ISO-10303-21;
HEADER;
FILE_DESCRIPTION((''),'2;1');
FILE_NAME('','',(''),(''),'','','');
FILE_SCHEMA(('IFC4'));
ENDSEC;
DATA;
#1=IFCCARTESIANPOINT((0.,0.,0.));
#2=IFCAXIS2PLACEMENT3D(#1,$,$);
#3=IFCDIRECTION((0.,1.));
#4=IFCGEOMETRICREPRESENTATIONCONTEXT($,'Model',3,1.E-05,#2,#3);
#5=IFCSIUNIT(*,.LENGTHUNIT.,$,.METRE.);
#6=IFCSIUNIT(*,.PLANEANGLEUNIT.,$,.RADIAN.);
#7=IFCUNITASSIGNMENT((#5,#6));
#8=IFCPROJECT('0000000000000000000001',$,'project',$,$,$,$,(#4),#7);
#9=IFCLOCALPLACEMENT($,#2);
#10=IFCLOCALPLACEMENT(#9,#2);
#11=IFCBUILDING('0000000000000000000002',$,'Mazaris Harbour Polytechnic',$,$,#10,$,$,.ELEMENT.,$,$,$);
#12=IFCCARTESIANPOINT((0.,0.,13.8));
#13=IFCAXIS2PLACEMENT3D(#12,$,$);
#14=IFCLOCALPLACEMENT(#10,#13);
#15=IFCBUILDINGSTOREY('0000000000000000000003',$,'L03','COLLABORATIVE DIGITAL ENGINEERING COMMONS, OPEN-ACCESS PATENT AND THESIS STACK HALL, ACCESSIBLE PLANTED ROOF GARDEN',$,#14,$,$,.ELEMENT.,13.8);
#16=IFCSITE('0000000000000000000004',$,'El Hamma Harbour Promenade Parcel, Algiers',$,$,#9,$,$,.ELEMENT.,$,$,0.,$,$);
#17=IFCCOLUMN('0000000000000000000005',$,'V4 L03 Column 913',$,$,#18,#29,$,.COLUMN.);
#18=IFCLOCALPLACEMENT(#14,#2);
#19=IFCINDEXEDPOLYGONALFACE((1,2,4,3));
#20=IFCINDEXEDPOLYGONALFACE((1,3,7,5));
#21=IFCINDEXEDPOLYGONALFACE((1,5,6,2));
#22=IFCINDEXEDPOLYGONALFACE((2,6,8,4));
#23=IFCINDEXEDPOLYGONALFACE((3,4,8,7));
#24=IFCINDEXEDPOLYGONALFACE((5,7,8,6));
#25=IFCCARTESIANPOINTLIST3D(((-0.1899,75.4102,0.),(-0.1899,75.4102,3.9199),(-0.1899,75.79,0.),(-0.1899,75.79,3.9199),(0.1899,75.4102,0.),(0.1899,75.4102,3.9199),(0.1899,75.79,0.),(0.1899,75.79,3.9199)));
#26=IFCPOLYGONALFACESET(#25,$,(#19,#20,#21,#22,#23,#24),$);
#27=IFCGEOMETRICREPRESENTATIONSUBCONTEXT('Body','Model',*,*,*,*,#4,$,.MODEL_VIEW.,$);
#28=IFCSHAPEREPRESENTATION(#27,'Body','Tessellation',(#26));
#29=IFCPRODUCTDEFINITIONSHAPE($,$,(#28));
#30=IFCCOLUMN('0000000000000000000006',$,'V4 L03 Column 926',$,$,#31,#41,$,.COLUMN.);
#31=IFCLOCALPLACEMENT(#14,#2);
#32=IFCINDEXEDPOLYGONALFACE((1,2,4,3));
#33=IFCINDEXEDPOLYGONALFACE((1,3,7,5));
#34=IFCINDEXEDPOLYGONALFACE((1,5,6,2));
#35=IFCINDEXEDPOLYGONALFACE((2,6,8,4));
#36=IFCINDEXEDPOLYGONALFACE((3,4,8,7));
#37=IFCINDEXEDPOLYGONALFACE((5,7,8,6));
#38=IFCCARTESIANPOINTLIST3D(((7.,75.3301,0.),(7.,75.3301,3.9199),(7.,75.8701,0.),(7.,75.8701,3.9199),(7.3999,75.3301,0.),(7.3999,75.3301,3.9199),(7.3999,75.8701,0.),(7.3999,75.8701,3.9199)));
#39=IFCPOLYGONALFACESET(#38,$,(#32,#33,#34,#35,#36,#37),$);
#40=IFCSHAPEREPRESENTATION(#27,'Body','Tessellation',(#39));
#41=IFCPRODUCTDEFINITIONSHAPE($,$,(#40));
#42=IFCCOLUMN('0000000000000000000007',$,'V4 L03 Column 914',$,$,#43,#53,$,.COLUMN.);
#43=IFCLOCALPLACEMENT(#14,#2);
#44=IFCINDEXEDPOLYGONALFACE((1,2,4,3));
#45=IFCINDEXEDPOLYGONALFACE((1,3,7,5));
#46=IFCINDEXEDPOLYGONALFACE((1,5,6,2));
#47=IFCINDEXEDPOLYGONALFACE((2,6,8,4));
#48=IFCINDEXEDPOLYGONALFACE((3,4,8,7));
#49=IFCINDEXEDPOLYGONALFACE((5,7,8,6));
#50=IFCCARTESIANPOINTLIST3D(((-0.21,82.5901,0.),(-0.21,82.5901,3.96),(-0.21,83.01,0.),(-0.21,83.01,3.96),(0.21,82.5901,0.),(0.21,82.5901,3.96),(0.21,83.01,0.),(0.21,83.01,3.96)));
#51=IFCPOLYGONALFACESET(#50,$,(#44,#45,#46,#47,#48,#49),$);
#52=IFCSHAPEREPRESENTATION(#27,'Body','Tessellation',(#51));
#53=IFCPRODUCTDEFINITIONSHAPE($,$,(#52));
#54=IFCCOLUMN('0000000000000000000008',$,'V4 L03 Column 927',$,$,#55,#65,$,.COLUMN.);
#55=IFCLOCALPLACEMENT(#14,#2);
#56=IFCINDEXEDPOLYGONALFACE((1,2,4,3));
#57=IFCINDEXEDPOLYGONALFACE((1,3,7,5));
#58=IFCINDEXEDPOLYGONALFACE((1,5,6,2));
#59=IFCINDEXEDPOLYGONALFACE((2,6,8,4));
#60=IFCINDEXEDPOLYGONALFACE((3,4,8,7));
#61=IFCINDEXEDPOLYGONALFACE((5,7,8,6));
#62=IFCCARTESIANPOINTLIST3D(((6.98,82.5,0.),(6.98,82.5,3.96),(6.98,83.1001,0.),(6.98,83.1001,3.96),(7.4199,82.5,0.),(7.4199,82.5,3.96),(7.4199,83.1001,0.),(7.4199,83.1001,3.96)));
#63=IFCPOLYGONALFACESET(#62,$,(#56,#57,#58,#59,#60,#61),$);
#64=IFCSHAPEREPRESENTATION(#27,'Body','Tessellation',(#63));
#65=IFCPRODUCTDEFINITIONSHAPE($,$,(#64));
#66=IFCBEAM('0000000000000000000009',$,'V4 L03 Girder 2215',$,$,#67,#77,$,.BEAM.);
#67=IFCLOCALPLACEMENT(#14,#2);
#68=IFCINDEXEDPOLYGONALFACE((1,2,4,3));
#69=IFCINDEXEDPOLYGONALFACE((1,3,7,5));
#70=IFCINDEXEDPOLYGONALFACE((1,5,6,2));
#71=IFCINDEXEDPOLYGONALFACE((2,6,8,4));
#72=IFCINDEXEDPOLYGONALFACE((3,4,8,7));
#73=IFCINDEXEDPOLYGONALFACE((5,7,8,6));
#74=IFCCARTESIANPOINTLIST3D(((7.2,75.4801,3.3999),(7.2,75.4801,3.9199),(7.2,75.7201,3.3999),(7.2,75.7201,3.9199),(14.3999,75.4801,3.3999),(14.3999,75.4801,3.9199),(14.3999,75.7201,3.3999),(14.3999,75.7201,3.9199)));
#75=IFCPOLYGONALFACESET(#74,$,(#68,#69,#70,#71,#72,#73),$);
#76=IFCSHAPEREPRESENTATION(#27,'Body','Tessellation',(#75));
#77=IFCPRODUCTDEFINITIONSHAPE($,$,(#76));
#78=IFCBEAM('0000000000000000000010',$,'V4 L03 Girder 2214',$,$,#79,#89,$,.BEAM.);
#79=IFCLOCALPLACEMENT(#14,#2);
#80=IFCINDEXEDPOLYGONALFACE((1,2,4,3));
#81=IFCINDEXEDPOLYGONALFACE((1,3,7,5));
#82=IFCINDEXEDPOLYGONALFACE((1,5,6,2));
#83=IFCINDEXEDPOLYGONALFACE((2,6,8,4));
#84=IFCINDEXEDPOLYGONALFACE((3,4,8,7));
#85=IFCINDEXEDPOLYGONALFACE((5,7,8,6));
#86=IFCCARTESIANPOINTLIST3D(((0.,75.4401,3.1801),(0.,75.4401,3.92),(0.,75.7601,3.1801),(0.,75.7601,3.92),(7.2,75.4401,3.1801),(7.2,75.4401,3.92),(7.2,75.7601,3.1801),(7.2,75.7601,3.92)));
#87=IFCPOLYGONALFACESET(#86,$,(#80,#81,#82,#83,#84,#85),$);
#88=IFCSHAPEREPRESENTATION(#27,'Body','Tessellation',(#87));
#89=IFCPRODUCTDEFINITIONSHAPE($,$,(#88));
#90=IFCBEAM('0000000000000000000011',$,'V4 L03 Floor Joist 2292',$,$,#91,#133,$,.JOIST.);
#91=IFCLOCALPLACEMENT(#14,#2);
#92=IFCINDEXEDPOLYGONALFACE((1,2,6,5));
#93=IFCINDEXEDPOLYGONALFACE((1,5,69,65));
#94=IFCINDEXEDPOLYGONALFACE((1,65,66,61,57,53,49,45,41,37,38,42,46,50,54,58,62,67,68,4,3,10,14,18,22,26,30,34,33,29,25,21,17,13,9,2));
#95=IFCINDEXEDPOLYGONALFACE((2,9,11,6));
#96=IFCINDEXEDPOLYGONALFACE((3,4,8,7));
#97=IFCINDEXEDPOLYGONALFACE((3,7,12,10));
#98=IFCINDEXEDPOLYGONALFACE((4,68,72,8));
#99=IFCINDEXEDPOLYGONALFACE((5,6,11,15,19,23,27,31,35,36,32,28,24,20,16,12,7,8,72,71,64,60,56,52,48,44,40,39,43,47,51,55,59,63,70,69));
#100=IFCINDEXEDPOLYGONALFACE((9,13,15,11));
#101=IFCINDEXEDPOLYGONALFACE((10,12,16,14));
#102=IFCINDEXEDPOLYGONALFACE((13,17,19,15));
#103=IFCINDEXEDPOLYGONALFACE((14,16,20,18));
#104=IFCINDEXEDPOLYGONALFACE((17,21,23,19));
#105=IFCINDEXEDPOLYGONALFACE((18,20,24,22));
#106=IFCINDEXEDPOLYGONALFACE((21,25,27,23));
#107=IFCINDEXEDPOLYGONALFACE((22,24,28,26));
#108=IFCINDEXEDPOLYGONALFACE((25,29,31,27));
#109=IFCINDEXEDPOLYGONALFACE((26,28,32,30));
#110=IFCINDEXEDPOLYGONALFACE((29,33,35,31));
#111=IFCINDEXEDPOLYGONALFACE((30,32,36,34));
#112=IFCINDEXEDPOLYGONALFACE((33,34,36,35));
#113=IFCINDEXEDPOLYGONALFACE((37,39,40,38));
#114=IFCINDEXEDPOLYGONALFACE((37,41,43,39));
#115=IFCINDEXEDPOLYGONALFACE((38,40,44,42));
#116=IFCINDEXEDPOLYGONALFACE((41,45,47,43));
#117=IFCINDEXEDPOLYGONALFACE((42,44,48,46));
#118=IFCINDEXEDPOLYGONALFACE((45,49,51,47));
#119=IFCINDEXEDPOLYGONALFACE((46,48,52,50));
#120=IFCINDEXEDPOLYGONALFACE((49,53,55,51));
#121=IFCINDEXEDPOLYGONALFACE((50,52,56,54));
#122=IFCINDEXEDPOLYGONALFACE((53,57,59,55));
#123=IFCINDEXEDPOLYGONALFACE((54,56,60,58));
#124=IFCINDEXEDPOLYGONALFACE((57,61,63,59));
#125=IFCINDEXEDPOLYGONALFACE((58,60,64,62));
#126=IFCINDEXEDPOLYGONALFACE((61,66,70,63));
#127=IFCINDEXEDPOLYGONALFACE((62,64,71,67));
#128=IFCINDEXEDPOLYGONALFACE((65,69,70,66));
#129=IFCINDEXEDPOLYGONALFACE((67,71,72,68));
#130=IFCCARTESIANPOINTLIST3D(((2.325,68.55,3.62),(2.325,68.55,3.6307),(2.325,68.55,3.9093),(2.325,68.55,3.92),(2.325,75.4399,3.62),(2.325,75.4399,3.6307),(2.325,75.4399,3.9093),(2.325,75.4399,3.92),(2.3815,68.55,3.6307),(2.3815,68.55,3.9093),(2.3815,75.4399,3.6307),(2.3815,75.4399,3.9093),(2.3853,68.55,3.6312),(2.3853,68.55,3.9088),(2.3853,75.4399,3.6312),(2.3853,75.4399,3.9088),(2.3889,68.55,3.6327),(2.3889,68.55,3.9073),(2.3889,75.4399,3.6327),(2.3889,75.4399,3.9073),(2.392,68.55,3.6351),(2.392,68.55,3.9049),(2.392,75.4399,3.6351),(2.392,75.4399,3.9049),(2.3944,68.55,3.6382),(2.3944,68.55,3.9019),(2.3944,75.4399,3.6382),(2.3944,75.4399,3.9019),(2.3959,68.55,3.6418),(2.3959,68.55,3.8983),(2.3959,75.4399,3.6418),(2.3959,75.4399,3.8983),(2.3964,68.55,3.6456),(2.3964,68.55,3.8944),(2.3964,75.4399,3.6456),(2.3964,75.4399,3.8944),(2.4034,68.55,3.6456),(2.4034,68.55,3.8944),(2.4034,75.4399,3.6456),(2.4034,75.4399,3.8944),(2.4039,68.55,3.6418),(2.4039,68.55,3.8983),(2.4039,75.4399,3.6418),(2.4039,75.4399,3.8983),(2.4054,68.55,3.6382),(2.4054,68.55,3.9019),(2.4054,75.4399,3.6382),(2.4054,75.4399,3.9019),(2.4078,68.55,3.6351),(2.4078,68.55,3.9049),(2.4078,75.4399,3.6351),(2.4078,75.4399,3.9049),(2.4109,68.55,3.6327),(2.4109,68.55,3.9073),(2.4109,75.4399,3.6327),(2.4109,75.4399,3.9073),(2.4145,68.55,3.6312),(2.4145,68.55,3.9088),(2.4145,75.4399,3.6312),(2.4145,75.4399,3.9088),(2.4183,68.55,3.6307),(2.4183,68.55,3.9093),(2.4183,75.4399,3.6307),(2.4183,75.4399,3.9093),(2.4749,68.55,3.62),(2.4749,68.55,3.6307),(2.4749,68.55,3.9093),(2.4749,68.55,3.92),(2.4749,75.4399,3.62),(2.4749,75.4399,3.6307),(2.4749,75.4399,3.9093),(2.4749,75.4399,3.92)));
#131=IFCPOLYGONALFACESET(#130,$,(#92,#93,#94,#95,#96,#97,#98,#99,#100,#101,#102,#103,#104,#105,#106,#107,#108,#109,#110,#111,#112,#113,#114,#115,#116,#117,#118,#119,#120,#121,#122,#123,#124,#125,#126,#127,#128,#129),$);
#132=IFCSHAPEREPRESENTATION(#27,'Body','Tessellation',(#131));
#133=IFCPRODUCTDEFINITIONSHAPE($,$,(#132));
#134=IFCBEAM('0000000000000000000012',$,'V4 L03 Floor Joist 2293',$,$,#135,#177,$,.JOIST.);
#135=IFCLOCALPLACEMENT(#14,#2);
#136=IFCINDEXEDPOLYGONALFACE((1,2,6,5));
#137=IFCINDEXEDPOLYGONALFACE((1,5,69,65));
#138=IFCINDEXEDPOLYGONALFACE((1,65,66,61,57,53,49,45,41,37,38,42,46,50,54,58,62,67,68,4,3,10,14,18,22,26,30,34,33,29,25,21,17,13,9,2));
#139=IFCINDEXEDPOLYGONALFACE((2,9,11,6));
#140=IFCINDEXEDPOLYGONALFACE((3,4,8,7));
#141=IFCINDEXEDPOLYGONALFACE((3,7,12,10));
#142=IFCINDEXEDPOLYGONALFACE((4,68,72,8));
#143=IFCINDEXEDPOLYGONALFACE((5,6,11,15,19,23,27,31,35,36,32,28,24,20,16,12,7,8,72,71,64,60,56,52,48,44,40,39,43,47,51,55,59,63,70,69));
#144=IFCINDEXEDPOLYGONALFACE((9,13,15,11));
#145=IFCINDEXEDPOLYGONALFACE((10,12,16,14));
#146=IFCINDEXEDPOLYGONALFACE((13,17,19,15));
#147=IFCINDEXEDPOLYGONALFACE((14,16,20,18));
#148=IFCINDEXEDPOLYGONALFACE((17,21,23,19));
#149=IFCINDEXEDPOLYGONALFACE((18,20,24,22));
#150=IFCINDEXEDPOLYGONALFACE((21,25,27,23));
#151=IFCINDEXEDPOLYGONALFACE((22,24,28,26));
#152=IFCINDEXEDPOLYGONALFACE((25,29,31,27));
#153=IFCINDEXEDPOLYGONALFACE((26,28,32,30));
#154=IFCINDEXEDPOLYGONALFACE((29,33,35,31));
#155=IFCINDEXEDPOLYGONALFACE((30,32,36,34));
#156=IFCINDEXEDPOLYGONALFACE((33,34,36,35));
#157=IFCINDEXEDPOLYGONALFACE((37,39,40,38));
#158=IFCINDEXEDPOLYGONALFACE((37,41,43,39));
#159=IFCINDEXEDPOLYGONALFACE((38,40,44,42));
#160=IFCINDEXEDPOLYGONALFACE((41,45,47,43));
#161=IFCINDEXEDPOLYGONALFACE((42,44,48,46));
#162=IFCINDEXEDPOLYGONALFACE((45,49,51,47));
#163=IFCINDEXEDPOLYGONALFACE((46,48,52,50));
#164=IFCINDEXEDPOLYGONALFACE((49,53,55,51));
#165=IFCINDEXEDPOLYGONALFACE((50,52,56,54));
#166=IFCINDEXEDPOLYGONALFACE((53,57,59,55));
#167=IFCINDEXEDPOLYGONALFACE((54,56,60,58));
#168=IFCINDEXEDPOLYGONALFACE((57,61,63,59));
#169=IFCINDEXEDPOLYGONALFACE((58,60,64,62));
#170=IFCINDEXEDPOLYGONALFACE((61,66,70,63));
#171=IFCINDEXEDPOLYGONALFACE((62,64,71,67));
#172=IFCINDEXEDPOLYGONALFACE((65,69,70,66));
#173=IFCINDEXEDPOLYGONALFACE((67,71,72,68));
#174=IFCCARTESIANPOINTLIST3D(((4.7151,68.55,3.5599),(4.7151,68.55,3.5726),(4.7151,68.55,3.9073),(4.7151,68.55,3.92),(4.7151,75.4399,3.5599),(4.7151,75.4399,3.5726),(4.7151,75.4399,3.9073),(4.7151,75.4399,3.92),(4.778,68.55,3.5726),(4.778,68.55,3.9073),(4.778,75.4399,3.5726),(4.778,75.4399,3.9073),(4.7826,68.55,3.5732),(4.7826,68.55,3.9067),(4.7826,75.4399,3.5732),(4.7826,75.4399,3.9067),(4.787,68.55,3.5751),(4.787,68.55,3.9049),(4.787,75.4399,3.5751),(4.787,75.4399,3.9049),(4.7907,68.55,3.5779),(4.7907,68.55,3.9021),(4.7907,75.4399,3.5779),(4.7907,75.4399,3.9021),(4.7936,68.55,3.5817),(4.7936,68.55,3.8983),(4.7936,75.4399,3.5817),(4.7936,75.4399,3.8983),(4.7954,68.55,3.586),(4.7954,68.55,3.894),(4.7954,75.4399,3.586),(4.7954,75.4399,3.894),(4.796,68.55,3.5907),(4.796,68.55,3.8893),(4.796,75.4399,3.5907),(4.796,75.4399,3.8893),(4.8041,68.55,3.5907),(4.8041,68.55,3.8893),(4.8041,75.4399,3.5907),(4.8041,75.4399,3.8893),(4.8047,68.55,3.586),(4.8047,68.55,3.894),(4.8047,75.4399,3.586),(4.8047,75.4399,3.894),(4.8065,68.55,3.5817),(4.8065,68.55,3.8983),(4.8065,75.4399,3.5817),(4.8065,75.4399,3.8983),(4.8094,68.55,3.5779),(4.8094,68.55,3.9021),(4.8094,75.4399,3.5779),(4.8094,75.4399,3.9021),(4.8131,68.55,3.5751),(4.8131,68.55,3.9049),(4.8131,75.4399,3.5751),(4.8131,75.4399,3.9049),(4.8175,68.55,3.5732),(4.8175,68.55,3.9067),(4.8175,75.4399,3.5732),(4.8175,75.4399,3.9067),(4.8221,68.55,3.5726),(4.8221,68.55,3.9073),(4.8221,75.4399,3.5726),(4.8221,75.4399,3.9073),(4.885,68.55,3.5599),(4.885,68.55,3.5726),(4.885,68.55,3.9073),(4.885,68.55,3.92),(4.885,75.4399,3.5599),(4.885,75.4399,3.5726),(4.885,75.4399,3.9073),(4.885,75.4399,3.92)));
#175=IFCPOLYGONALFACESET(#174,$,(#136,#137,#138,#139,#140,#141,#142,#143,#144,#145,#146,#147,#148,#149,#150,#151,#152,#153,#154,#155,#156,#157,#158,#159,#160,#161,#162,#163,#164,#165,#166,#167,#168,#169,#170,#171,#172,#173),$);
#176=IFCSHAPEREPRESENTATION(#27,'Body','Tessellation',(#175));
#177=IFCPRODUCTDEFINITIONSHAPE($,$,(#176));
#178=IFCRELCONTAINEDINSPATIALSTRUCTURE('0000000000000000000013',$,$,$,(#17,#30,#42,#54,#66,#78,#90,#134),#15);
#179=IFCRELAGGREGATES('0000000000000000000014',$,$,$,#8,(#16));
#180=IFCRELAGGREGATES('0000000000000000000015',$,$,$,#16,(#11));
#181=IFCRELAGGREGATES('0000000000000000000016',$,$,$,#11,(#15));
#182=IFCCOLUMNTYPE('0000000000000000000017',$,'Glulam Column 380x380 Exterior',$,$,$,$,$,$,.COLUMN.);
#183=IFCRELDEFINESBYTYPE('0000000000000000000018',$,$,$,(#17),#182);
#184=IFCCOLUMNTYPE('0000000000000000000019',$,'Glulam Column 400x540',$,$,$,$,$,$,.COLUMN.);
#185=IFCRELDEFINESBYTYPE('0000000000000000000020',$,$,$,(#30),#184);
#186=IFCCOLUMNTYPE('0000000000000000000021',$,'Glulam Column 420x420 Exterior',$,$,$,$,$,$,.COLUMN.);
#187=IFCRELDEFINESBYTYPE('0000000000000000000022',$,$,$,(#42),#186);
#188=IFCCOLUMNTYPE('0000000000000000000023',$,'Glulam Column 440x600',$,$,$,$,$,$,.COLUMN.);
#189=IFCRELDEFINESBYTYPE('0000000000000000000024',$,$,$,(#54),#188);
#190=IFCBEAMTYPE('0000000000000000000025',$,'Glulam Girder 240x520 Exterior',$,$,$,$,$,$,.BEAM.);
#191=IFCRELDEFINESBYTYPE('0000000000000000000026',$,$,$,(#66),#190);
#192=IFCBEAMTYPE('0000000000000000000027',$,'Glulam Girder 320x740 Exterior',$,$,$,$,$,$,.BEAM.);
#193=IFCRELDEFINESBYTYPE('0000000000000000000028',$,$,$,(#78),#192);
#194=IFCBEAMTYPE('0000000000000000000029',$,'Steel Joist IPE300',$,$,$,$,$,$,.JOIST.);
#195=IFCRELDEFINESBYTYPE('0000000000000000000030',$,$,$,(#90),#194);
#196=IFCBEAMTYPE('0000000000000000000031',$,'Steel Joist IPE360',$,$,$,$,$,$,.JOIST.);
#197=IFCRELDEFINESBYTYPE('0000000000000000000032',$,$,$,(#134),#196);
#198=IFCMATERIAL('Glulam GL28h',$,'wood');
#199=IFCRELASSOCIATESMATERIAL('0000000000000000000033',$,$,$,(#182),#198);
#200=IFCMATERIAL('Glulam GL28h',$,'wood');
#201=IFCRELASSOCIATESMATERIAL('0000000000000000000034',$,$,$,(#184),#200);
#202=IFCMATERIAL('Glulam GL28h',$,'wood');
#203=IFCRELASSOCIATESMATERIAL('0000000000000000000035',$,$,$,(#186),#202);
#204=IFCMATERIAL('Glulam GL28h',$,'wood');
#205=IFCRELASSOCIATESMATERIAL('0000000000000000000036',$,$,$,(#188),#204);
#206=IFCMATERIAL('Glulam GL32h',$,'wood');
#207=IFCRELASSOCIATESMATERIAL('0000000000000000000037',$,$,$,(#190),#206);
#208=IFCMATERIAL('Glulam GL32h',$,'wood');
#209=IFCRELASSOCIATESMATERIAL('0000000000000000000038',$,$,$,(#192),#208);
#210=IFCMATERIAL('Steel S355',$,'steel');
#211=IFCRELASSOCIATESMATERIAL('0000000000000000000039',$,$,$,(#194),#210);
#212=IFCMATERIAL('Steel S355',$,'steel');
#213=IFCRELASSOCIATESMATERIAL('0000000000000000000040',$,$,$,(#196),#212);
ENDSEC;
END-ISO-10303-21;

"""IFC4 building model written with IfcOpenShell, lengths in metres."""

from ifc_helpers import new_model, si_unit, direction, frame, origin, origin_2d, place, context, subcontext, project, spatial, rectangle, i_section, extrude, material, material_profile, profile_set, type_object, element, save


model = new_model("IFC4")

# Units and contexts
model_context = context("Model", 3, precision=1e-05, world=origin(), true_north=direction((0.0, 1.0)))
body_context = subcontext(model_context, "Body", "Model", "MODEL_VIEW")
ifc_project = project(units=[si_unit("LENGTHUNIT", "METRE"), si_unit("PLANEANGLEUNIT", "RADIAN")], contexts=[model_context])

# Site, building, storey
site_placement = place(None, origin())
site = spatial("IfcSite", under=ifc_project, at=site_placement, Name="El Hamma Harbour Promenade Parcel, Algiers", CompositionType="ELEMENT", RefElevation=0.0)
building_placement = place(site_placement, origin())
building = spatial("IfcBuilding", under=site, at=building_placement, Name="Mazaris Harbour Polytechnic", CompositionType="ELEMENT")
storey_placement = place(building_placement, frame((0.0, 0.0, 13.8)))
storey = spatial("IfcBuildingStorey", under=building, at=storey_placement, Name="L03", Description="COLLABORATIVE DIGITAL ENGINEERING COMMONS, OPEN-ACCESS PATENT AND THESIS STACK HALL, ACCESSIBLE PLANTED ROOF GARDEN", CompositionType="ELEMENT", Elevation=13.8)

# Columns
ifc_material_1 = material(Name="Glulam GL28h", Category="wood")
ifc_material_profile_1 = material_profile(ifc_material_1, rectangle(XDim=0.3799, YDim=0.3799, at=origin_2d()), Name="RECT380x380")
ifc_profile_set_1 = profile_set([ifc_material_profile_1], Name="Glulam GL28h")
column_type_1 = type_object("IfcColumnType", Name="Glulam Column 380x380 Exterior", PredefinedType="COLUMN", material=ifc_profile_set_1)
column_1_placement = place(storey_placement, frame((0.0, 75.6001, 0.0), z_axis=(0.0, 0.0, 1.0), x_axis=(1.0, 0.0, 0.0)))
element("IfcColumn", 1, at=column_1_placement, inside=storey, type_object=column_type_1, Name="V4 L03 Column 913", PredefinedType="COLUMN", context=body_context, shape_type="SweptSolid", body=[
    extrude(rectangle(XDim=0.3799, YDim=0.3799, at=origin_2d()), origin(), (0.0, 0.0, 1.0), 3.9199),
])
ifc_material_2 = material(Name="Glulam GL28h", Category="wood")
ifc_material_profile_2 = material_profile(ifc_material_2, rectangle(XDim=0.3999, YDim=0.54, at=origin_2d()), Name="RECT400x540")
ifc_profile_set_2 = profile_set([ifc_material_profile_2], Name="Glulam GL28h")
column_type_2 = type_object("IfcColumnType", Name="Glulam Column 400x540", PredefinedType="COLUMN", material=ifc_profile_set_2)
column_2_placement = place(storey_placement, frame((7.2, 75.6001, 0.0), z_axis=(0.0, 0.0, 1.0), x_axis=(1.0, 0.0, 0.0)))
element("IfcColumn", 2, at=column_2_placement, inside=storey, type_object=column_type_2, Name="V4 L03 Column 926", PredefinedType="COLUMN", context=body_context, shape_type="SweptSolid", body=[
    extrude(rectangle(XDim=0.3999, YDim=0.54, at=origin_2d()), origin(), (0.0, 0.0, 1.0), 3.9199),
])
ifc_material_3 = material(Name="Glulam GL28h", Category="wood")
ifc_material_profile_3 = material_profile(ifc_material_3, rectangle(XDim=0.4199, YDim=0.4199, at=origin_2d()), Name="RECT420x420")
ifc_profile_set_3 = profile_set([ifc_material_profile_3], Name="Glulam GL28h")
column_type_3 = type_object("IfcColumnType", Name="Glulam Column 420x420 Exterior", PredefinedType="COLUMN", material=ifc_profile_set_3)
column_3_placement = place(storey_placement, frame((0.0, 82.8, 0.0), z_axis=(0.0, 0.0, 1.0), x_axis=(1.0, 0.0, 0.0)))
element("IfcColumn", 3, at=column_3_placement, inside=storey, type_object=column_type_3, Name="V4 L03 Column 914", PredefinedType="COLUMN", context=body_context, shape_type="SweptSolid", body=[
    extrude(rectangle(XDim=0.4199, YDim=0.4199, at=origin_2d()), origin(), (0.0, 0.0, 1.0), 3.96),
])
ifc_material_4 = material(Name="Glulam GL28h", Category="wood")
ifc_material_profile_4 = material_profile(ifc_material_4, rectangle(XDim=0.4399, YDim=0.6001, at=origin_2d()), Name="RECT440x600")
ifc_profile_set_4 = profile_set([ifc_material_profile_4], Name="Glulam GL28h")
column_type_4 = type_object("IfcColumnType", Name="Glulam Column 440x600", PredefinedType="COLUMN", material=ifc_profile_set_4)
column_4_placement = place(storey_placement, frame((7.2, 82.8, 0.0), z_axis=(0.0, 0.0, 1.0), x_axis=(1.0, 0.0, 0.0)))
element("IfcColumn", 4, at=column_4_placement, inside=storey, type_object=column_type_4, Name="V4 L03 Column 927", PredefinedType="COLUMN", context=body_context, shape_type="SweptSolid", body=[
    extrude(rectangle(XDim=0.4399, YDim=0.6001, at=origin_2d()), origin(), (0.0, 0.0, 1.0), 3.96),
])

# Beams
ifc_material_5 = material(Name="Glulam GL32h", Category="wood")
ifc_material_profile_5 = material_profile(ifc_material_5, rectangle(XDim=0.24, YDim=0.52, at=origin_2d()), Name="RECT240x520")
ifc_profile_set_5 = profile_set([ifc_material_profile_5], Name="Glulam GL32h")
beam_type_1 = type_object("IfcBeamType", Name="Glulam Girder 240x520 Exterior", PredefinedType="BEAM", material=ifc_profile_set_5)
beam_1_placement = place(storey_placement, frame((7.2, 75.6001, 3.6599), z_axis=(1.0, 0.0, 0.0), x_axis=(0.0, 1.0, 0.0)))
element("IfcBeam", 5, at=beam_1_placement, inside=storey, type_object=beam_type_1, Name="V4 L03 Girder 2215", PredefinedType="BEAM", context=body_context, shape_type="SweptSolid", body=[
    extrude(rectangle(XDim=0.24, YDim=0.52, at=origin_2d()), origin(), (0.0, 0.0, 1.0), 7.2),
])
ifc_material_6 = material(Name="Glulam GL32h", Category="wood")
ifc_material_profile_6 = material_profile(ifc_material_6, rectangle(XDim=0.3201, YDim=0.74, at=origin_2d()), Name="RECT320x740")
ifc_profile_set_6 = profile_set([ifc_material_profile_6], Name="Glulam GL32h")
beam_type_2 = type_object("IfcBeamType", Name="Glulam Girder 320x740 Exterior", PredefinedType="BEAM", material=ifc_profile_set_6)
beam_2_placement = place(storey_placement, frame((0.0, 75.6001, 3.55), z_axis=(1.0, 0.0, 0.0), x_axis=(0.0, 1.0, 0.0)))
element("IfcBeam", 6, at=beam_2_placement, inside=storey, type_object=beam_type_2, Name="V4 L03 Girder 2214", PredefinedType="BEAM", context=body_context, shape_type="SweptSolid", body=[
    extrude(rectangle(XDim=0.3201, YDim=0.74, at=origin_2d()), origin(), (0.0, 0.0, 1.0), 7.2),
])
ifc_material_7 = material(Name="Steel S355", Category="steel")
ifc_material_profile_7 = material_profile(ifc_material_7, i_section(OverallWidth=0.1499, OverallDepth=0.3, WebThickness=0.0071, FlangeThickness=0.0107, FilletRadius=0.0149, at=origin_2d()), Name="IPE 300")
ifc_profile_set_7 = profile_set([ifc_material_profile_7], Name="Steel S355")
beam_type_3 = type_object("IfcBeamType", Name="Steel Joist IPE300", PredefinedType="JOIST", material=ifc_profile_set_7)
beam_3_placement = place(storey_placement, frame((2.3999, 68.55, 3.77), z_axis=(0.0, 1.0, 0.0), x_axis=(-1.0, 0.0, 0.0)))
element("IfcBeam", 7, at=beam_3_placement, inside=storey, type_object=beam_type_3, Name="V4 L03 Floor Joist 2292", PredefinedType="JOIST", context=body_context, shape_type="SweptSolid", body=[
    extrude(i_section(OverallWidth=0.1499, OverallDepth=0.3, WebThickness=0.0071, FlangeThickness=0.0107, FilletRadius=0.0149, at=origin_2d()), origin(), (0.0, 0.0, 1.0), 6.8899),
])
ifc_material_8 = material(Name="Steel S355", Category="steel")
ifc_material_profile_8 = material_profile(ifc_material_8, i_section(OverallWidth=0.1699, OverallDepth=0.3601, WebThickness=0.0081, FlangeThickness=0.0127, FilletRadius=0.0181, at=origin_2d()), Name="IPE 360")
ifc_profile_set_8 = profile_set([ifc_material_profile_8], Name="Steel S355")
beam_type_4 = type_object("IfcBeamType", Name="Steel Joist IPE360", PredefinedType="JOIST", material=ifc_profile_set_8)
beam_4_placement = place(storey_placement, frame((4.8, 68.55, 3.74), z_axis=(0.0, 1.0, 0.0), x_axis=(-1.0, 0.0, 0.0)))
element("IfcBeam", 8, at=beam_4_placement, inside=storey, type_object=beam_type_4, Name="V4 L03 Floor Joist 2293", PredefinedType="JOIST", context=body_context, shape_type="SweptSolid", body=[
    extrude(i_section(OverallWidth=0.1699, OverallDepth=0.3601, WebThickness=0.0081, FlangeThickness=0.0127, FilletRadius=0.0181, at=origin_2d()), origin(), (0.0, 0.0, 1.0), 6.8899),
])

save(model, "model.ifc")
